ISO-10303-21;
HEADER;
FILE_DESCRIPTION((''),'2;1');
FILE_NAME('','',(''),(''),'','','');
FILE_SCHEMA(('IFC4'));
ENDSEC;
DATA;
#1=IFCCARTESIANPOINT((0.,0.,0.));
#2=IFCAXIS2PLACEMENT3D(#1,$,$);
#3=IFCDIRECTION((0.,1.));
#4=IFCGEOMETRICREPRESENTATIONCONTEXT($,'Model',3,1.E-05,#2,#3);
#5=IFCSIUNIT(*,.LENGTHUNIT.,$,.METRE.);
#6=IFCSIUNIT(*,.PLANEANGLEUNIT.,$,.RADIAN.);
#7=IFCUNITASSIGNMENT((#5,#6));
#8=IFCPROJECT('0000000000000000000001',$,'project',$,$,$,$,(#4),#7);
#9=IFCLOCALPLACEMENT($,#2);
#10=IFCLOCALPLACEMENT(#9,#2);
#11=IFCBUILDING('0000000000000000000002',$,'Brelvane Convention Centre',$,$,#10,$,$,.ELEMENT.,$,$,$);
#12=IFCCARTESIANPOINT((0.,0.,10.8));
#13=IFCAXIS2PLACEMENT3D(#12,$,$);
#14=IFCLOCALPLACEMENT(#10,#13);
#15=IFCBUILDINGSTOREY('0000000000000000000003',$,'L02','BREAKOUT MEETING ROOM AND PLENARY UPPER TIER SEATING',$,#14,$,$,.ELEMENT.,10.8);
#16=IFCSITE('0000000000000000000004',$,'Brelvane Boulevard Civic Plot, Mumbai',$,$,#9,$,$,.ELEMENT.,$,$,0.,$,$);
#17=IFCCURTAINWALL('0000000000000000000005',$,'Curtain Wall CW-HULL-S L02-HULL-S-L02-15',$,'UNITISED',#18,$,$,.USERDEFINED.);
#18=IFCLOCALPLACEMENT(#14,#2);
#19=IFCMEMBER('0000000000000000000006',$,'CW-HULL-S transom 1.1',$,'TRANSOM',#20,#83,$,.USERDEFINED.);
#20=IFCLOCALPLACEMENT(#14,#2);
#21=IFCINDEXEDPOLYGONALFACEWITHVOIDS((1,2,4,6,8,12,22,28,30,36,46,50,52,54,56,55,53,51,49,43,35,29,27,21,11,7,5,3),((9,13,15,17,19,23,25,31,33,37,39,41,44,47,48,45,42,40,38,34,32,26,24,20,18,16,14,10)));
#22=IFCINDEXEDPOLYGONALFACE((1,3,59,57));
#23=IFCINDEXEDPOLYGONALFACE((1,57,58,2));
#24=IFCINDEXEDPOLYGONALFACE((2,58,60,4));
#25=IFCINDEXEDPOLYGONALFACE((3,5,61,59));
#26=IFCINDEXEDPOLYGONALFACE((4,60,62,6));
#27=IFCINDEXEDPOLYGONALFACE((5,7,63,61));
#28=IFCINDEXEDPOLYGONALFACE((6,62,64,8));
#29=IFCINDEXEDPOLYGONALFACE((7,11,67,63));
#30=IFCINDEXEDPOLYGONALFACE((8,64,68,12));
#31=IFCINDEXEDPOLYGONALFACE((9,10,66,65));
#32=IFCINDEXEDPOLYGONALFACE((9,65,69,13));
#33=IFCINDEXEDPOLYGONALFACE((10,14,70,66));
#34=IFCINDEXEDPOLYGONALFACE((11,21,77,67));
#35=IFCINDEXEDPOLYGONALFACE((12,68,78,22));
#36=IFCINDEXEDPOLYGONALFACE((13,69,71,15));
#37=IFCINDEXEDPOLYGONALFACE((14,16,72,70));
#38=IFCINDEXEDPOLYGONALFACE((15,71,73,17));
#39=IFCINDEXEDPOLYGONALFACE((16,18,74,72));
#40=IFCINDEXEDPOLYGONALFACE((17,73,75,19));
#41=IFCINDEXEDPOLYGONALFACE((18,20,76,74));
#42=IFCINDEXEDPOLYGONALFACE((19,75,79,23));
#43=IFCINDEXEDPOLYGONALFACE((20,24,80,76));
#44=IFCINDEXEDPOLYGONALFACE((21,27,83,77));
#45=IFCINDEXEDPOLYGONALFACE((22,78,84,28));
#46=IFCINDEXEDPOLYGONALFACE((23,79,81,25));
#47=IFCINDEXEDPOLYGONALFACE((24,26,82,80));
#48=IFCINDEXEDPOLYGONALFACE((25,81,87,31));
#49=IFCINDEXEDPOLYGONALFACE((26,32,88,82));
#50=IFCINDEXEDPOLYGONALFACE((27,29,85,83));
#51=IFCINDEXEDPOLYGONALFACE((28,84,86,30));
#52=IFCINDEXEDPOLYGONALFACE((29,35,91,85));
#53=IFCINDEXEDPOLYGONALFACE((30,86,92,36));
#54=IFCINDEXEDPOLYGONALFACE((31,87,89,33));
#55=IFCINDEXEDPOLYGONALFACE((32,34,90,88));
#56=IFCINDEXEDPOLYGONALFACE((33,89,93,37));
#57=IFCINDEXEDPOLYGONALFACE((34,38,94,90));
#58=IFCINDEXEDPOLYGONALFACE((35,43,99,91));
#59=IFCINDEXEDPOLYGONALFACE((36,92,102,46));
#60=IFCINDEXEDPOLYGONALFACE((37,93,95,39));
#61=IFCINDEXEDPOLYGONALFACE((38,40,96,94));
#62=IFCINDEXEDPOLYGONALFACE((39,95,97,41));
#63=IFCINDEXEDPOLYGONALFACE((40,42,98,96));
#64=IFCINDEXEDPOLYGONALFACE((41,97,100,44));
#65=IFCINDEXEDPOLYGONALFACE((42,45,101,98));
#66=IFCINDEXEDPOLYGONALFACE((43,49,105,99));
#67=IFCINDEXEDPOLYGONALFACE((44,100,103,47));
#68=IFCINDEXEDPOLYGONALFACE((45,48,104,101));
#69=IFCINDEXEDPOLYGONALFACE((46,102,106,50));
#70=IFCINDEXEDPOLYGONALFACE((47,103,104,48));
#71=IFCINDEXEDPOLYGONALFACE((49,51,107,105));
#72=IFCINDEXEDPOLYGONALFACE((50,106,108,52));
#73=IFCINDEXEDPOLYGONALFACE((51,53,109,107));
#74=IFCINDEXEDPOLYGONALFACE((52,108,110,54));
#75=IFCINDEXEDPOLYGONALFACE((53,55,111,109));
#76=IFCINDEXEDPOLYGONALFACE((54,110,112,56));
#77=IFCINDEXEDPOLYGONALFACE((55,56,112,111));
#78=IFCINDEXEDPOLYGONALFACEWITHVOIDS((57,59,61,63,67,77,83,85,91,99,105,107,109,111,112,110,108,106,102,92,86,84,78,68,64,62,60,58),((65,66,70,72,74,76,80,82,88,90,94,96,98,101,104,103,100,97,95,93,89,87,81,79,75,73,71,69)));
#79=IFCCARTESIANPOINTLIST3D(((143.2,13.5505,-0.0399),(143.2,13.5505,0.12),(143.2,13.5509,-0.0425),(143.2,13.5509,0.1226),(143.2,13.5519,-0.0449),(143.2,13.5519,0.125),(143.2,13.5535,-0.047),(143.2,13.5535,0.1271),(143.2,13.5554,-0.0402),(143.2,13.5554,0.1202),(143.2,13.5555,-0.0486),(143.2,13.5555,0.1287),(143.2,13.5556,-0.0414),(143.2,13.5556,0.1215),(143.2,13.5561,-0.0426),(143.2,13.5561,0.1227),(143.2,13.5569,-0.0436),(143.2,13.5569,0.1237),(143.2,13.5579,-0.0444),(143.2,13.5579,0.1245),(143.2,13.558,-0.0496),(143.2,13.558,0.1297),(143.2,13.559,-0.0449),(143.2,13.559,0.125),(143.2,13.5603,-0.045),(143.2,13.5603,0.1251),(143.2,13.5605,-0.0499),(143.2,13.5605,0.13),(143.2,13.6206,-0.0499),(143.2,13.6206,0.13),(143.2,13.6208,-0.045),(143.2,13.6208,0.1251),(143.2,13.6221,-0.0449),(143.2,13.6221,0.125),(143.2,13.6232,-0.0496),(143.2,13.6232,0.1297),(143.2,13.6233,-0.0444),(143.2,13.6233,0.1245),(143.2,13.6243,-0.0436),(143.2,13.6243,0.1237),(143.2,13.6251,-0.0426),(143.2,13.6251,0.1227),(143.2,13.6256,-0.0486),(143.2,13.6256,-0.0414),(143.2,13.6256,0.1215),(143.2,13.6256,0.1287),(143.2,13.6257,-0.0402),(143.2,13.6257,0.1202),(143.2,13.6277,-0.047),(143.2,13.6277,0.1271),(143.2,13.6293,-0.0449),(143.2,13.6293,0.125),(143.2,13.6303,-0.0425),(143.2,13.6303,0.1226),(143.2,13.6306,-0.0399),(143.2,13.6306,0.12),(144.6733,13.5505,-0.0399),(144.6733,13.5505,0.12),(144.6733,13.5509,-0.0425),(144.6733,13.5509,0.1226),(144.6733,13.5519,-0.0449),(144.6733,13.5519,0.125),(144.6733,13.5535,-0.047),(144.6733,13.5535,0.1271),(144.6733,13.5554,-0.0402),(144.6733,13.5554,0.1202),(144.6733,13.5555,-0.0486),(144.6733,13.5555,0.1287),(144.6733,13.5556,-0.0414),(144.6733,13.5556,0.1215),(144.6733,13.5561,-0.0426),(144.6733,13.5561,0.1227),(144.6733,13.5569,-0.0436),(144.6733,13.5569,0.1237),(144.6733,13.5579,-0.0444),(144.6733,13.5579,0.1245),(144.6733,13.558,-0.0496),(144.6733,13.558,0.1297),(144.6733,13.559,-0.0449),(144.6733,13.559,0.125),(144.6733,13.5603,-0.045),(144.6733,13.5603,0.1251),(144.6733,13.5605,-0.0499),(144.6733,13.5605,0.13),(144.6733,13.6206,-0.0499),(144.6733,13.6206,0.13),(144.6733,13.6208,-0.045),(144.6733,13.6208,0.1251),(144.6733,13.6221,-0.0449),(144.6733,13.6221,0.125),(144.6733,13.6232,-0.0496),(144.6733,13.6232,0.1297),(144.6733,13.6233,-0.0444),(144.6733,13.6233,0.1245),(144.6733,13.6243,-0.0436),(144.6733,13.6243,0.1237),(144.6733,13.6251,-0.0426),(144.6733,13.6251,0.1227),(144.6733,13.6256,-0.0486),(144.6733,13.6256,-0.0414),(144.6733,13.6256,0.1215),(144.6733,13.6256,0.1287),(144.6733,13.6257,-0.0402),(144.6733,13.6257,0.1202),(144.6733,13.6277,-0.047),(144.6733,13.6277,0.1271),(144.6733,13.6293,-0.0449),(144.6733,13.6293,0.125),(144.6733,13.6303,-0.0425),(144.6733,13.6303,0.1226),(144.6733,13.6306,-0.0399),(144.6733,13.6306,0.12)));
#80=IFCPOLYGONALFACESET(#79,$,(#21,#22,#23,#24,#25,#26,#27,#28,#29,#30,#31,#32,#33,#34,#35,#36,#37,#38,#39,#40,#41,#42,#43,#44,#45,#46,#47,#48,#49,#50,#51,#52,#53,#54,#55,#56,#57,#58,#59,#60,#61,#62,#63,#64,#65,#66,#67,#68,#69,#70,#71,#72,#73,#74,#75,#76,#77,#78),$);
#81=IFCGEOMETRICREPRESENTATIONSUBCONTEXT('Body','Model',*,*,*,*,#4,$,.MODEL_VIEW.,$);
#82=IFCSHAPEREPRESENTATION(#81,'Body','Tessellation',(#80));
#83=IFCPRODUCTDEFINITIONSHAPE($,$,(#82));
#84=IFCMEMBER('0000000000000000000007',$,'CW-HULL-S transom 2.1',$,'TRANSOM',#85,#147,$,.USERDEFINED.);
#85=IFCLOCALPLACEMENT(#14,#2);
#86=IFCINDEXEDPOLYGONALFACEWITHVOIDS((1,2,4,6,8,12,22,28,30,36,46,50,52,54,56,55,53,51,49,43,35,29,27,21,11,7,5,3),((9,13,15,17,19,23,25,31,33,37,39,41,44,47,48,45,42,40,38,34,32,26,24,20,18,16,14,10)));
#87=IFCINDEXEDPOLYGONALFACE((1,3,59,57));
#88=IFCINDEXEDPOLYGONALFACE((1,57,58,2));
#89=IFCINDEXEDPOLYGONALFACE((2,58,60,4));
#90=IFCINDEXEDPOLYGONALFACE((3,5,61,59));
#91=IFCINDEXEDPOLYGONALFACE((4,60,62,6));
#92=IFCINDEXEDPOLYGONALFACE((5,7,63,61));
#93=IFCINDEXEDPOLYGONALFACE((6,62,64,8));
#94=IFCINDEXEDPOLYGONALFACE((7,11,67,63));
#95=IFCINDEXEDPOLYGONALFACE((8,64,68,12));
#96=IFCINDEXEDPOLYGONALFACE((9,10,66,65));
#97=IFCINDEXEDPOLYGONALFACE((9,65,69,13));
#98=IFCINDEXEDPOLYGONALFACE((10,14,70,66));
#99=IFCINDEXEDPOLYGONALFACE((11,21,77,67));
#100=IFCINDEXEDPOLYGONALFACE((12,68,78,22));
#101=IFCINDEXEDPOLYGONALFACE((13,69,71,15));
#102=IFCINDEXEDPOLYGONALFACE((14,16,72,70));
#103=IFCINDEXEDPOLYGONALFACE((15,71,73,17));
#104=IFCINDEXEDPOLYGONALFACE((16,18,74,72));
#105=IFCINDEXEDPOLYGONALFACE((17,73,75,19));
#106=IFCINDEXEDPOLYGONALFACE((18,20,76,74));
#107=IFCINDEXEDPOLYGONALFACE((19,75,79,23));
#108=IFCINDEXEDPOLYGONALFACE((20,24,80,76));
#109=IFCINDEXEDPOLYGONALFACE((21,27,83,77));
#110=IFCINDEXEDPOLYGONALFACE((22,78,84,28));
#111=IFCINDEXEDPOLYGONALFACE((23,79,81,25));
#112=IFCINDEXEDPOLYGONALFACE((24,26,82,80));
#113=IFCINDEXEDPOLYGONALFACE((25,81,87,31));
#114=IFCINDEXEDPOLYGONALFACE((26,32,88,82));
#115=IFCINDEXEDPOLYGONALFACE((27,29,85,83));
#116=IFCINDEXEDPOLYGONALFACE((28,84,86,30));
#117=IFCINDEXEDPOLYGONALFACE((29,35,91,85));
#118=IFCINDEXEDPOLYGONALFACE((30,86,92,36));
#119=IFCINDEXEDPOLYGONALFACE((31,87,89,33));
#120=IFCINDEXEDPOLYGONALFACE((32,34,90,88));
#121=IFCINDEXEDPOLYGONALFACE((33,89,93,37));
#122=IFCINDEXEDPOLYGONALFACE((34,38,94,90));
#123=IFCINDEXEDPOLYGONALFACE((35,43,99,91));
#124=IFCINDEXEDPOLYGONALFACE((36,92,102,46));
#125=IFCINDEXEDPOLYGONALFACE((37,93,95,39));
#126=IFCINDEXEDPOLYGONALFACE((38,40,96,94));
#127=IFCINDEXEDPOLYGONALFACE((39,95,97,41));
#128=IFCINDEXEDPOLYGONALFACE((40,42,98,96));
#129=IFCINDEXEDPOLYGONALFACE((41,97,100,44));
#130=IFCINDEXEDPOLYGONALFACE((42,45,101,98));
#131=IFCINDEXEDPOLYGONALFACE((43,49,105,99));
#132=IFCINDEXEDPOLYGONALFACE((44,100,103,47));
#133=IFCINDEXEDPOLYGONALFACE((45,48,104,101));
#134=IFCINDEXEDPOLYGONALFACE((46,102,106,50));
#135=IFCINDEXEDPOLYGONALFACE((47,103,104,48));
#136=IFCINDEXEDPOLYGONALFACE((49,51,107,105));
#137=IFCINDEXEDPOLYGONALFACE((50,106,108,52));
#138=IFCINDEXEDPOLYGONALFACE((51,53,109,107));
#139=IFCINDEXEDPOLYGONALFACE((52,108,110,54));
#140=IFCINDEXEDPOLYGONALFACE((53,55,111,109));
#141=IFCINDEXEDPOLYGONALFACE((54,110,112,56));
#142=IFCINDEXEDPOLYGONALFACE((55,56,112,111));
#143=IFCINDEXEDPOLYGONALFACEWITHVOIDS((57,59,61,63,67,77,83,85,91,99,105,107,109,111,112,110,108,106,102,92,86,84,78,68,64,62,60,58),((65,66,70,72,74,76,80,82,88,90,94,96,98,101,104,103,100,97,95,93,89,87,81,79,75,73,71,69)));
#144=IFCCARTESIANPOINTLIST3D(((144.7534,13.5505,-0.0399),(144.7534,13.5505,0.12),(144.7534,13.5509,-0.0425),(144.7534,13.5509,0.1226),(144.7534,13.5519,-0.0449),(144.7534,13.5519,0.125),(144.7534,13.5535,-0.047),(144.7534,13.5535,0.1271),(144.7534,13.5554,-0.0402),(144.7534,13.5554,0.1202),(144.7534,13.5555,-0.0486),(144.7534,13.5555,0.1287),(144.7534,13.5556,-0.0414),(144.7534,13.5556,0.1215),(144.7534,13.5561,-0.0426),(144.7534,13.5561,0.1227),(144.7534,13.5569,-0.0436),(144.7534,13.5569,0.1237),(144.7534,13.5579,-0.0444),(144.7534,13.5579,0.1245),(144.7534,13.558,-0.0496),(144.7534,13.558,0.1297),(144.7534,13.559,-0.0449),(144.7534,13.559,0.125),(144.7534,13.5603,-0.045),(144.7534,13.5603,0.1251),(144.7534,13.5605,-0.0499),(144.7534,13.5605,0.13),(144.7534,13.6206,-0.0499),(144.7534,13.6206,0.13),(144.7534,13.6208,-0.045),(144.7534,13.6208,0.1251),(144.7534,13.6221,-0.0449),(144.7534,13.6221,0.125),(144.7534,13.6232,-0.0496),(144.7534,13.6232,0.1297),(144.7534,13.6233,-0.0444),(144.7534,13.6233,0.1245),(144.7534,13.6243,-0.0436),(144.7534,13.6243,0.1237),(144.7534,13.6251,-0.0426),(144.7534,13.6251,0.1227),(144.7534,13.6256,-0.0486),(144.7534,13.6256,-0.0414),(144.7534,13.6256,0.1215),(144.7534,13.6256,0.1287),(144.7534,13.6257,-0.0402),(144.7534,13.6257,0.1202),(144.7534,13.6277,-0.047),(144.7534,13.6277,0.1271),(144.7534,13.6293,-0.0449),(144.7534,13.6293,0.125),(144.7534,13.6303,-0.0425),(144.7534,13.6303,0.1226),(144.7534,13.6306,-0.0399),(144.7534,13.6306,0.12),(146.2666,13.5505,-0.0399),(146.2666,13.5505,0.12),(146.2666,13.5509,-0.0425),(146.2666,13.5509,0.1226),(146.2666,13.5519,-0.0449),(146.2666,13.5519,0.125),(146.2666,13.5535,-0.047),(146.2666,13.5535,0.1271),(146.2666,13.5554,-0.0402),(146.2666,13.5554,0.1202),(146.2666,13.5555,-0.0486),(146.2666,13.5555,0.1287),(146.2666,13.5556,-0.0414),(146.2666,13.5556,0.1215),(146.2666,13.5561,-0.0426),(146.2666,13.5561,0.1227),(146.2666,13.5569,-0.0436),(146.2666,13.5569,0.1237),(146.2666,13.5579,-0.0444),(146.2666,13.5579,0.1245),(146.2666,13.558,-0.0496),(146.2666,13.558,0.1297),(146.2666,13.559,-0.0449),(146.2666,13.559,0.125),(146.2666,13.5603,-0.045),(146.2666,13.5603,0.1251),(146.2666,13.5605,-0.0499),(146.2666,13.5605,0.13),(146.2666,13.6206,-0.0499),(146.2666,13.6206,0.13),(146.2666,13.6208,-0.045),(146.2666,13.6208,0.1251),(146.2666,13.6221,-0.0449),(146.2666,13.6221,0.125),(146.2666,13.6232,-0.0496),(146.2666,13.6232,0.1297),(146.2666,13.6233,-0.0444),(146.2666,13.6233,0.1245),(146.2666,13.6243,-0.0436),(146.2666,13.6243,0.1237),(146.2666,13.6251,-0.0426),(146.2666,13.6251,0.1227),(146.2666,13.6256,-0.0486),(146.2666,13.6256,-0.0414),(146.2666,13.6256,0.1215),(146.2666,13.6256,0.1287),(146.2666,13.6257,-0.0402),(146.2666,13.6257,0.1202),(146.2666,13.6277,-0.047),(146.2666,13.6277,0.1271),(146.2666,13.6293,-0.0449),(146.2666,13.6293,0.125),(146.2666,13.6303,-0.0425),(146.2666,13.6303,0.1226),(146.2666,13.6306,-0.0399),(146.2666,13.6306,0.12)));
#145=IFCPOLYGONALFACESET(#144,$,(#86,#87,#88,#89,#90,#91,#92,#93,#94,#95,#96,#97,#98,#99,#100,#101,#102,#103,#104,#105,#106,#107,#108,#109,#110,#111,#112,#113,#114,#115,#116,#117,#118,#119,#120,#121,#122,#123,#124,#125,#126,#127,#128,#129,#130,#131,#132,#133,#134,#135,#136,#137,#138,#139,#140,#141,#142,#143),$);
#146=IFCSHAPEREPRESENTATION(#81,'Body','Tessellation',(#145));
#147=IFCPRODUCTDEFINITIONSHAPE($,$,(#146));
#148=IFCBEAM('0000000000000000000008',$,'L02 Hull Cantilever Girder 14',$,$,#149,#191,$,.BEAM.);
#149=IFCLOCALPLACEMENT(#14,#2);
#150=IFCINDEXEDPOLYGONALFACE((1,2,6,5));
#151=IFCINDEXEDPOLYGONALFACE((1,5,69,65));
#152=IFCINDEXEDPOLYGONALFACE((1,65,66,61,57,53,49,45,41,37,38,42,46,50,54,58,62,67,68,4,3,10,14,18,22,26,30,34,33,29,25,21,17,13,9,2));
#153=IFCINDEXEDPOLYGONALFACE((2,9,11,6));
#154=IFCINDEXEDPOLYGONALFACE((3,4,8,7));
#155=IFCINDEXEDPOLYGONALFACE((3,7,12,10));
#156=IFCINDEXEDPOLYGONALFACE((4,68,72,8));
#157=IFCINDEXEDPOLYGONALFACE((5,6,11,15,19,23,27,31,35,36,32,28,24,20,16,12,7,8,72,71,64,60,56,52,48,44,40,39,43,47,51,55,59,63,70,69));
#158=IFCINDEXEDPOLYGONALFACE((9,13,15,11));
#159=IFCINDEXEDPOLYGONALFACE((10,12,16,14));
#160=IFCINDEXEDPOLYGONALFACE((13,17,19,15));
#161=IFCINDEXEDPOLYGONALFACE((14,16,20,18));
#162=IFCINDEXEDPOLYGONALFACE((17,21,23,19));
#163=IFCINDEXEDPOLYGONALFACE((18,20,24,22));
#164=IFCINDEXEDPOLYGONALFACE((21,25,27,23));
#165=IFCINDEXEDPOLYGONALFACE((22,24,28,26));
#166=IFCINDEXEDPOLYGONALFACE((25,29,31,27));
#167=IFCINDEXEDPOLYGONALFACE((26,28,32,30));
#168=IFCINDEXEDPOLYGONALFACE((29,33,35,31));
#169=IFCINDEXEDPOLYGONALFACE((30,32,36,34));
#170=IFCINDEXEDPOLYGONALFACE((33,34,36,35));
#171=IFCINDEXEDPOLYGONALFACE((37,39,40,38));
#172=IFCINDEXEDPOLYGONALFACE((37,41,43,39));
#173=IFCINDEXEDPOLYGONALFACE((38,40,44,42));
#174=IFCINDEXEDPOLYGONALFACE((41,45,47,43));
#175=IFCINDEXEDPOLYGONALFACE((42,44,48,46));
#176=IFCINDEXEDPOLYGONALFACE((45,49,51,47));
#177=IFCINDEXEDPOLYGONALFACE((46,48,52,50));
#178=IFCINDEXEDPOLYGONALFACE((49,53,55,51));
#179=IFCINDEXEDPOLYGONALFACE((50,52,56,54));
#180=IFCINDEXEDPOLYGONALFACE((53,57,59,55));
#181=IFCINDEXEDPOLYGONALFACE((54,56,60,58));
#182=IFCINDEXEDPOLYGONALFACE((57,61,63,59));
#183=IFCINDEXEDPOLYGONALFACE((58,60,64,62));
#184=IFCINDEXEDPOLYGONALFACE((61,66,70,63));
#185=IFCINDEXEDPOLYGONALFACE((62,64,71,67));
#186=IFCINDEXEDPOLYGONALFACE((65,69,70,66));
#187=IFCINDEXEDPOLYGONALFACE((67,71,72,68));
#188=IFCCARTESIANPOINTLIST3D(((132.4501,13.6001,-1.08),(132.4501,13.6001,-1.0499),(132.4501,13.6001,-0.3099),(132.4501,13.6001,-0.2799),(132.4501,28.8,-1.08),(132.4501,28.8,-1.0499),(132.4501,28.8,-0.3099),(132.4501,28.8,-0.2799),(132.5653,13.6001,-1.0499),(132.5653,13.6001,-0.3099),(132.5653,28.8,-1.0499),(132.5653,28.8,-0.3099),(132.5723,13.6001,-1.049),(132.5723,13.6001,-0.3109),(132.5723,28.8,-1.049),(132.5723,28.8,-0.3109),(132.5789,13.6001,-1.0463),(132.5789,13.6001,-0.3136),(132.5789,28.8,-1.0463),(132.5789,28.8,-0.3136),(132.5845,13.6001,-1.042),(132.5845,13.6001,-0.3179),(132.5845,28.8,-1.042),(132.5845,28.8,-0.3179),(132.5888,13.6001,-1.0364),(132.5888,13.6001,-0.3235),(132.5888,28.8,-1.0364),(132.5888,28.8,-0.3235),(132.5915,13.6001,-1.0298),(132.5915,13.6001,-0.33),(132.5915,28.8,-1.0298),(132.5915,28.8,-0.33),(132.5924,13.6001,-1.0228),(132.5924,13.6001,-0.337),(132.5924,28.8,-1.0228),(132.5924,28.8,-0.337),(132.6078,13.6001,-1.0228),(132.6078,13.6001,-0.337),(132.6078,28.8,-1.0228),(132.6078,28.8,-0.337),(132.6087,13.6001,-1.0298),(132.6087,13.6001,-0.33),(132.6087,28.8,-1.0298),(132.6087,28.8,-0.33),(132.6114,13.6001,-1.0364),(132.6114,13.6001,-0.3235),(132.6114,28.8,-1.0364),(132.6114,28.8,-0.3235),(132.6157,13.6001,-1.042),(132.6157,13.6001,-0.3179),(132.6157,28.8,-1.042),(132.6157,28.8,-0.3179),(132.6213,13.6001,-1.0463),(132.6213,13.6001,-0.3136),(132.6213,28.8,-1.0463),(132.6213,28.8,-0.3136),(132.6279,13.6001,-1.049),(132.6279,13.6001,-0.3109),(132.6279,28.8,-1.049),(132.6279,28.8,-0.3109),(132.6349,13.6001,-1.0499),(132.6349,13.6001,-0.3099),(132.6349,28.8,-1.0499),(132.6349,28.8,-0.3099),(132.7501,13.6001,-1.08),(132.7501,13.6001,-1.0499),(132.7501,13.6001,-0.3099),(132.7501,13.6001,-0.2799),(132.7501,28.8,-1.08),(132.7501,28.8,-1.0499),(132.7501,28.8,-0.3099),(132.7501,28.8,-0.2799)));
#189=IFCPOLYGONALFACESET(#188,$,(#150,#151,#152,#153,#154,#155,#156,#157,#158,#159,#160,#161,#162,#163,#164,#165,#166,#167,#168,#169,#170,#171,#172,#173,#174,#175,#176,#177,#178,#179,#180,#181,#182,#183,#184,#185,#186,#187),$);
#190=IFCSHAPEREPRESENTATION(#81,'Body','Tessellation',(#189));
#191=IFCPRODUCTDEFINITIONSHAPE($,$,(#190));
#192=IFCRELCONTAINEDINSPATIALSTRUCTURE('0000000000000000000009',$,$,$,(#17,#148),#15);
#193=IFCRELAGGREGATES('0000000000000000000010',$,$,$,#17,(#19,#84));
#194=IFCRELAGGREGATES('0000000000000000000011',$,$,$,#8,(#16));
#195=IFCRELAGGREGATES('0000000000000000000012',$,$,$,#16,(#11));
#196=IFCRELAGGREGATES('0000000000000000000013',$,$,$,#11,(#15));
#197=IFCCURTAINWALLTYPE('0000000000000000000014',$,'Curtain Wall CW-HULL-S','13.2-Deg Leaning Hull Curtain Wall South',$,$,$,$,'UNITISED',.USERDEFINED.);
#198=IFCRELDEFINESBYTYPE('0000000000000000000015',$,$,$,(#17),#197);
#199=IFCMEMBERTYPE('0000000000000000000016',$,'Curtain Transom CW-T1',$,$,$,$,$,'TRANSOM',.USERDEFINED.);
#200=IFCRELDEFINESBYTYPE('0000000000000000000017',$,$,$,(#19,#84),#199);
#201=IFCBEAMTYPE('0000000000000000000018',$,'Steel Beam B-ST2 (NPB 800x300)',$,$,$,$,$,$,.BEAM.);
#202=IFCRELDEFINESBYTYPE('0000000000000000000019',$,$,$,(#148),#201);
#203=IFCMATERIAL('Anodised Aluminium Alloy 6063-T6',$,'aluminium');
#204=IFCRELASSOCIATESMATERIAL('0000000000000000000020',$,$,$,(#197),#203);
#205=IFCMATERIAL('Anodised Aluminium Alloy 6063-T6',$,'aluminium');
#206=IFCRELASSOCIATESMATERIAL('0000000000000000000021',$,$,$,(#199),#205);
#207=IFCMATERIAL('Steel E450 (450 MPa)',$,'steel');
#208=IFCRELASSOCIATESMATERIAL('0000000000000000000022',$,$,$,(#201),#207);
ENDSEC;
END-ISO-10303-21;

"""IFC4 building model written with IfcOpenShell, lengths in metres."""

from ifc_helpers import new_model, si_unit, direction, frame, origin, origin_2d, place, context, subcontext, project, spatial, hollow_rectangle, i_section, extrude, material, material_profile, profile_set, type_object, element, aggregate, save


model = new_model("IFC4")

# Units and contexts
model_context = context("Model", 3, precision=1e-05, world=origin(), true_north=direction((0.0, 1.0)))
body_context = subcontext(model_context, "Body", "Model", "MODEL_VIEW")
ifc_project = project(units=[si_unit("LENGTHUNIT", "METRE"), si_unit("PLANEANGLEUNIT", "RADIAN")], contexts=[model_context])

# Site, building, storey
site_placement = place(None, origin())
site = spatial("IfcSite", under=ifc_project, at=site_placement, Name="Brelvane Boulevard Civic Plot, Mumbai", CompositionType="ELEMENT", RefElevation=0.0)
building_placement = place(site_placement, origin())
building = spatial("IfcBuilding", under=site, at=building_placement, Name="Brelvane Convention Centre", CompositionType="ELEMENT")
storey_placement = place(building_placement, frame((0.0, 0.0, 10.8)))
storey = spatial("IfcBuildingStorey", under=building, at=storey_placement, Name="L02", Description="BREAKOUT MEETING ROOM AND PLENARY UPPER TIER SEATING", CompositionType="ELEMENT", Elevation=10.8)

# Shared definitions
ifc_material_1 = material(Name="Anodised Aluminium Alloy 6063-T6", Category="aluminium")
curtain_wall_type = type_object("IfcCurtainWallType", Name="Curtain Wall CW-HULL-S", Description="13.2-Deg Leaning Hull Curtain Wall South", ElementType="UNITISED", PredefinedType="USERDEFINED", material=ifc_material_1)

# Curtain wall
curtain_wall_1_placement = place(storey_placement, origin())
curtain_wall_1 = element("IfcCurtainWall", 1, at=curtain_wall_1_placement, inside=storey, type_object=curtain_wall_type, Name="Curtain Wall CW-HULL-S L02-HULL-S-L02-15", ObjectType="UNITISED", PredefinedType="USERDEFINED")

# Members
ifc_material_2 = material(Name="Anodised Aluminium Alloy 6063-T6", Category="aluminium")
ifc_material_profile_1 = material_profile(ifc_material_2, hollow_rectangle(XDim=0.0801, YDim=0.1799, WallThickness=0.0049, InnerFilletRadius=0.0049, OuterFilletRadius=0.01, at=origin_2d()), Name="ALU-T 180x80x5.0")
ifc_profile_set_1 = profile_set([ifc_material_profile_1], Name="Anodised Aluminium Alloy 6063-T6")
member_type_1 = type_object("IfcMemberType", Name="Curtain Transom CW-T1", ElementType="TRANSOM", PredefinedType="USERDEFINED", material=ifc_profile_set_1)
member_1_placement = place(storey_placement, frame((143.2, 13.5906, 0.04), z_axis=(1.0, 0.0, 0.0), x_axis=(0.0, 1.0, 0.0)))
member_1 = element("IfcMember", 2, at=member_1_placement, type_object=member_type_1, Name="CW-HULL-S transom 1.1", ObjectType="TRANSOM", PredefinedType="USERDEFINED", context=body_context, shape_type="SweptSolid", body=[
    extrude(hollow_rectangle(XDim=0.0801, YDim=0.1799, WallThickness=0.0049, InnerFilletRadius=0.0049, OuterFilletRadius=0.01, at=origin_2d()), origin(), (0.0, 0.0, 1.0), 1.4734),
])
member_2_placement = place(storey_placement, frame((144.7534, 13.5906, 0.04), z_axis=(1.0, 0.0, 0.0), x_axis=(0.0, 1.0, 0.0)))
member_2 = element("IfcMember", 3, at=member_2_placement, type_object=member_type_1, Name="CW-HULL-S transom 2.1", ObjectType="TRANSOM", PredefinedType="USERDEFINED", context=body_context, shape_type="SweptSolid", body=[
    extrude(hollow_rectangle(XDim=0.0801, YDim=0.1799, WallThickness=0.0049, InnerFilletRadius=0.0049, OuterFilletRadius=0.01, at=origin_2d()), origin(), (0.0, 0.0, 1.0), 1.5132),
])

# Beam
ifc_material_3 = material(Name="Steel E450 (450 MPa)", Category="steel")
ifc_material_profile_2 = material_profile(ifc_material_3, i_section(OverallWidth=0.3, OverallDepth=0.8, WebThickness=0.0154, FlangeThickness=0.03, FilletRadius=0.0271, at=origin_2d()), Name="NPB 800x300")
ifc_profile_set_2 = profile_set([ifc_material_profile_2], Name="Steel E450 (450 MPa)")
beam_type_1 = type_object("IfcBeamType", Name="Steel Beam B-ST2 (NPB 800x300)", PredefinedType="BEAM", material=ifc_profile_set_2)
for number, where, z_axis, x_axis, name in (
    (4, (132.6001, 13.6001, -0.6799), (0.0, 1.0, 0.0), (-1.0, 0.0, 0.0), "L02 Hull Cantilever Girder 14"),
):
    element("IfcBeam", number, at=place(storey_placement, frame(where, z_axis=z_axis, x_axis=x_axis)), inside=storey, type_object=beam_type_1, Name=name, PredefinedType="BEAM", context=body_context, shape_type="SweptSolid", body=[
        extrude(i_section(OverallWidth=0.3, OverallDepth=0.8, WebThickness=0.0154, FlangeThickness=0.03, FilletRadius=0.0271, at=origin_2d()), origin(), (0.0, 0.0, 1.0), 15.2),
    ])

aggregate(curtain_wall_1, [member_1, member_2])

save(model, "model.ifc")
